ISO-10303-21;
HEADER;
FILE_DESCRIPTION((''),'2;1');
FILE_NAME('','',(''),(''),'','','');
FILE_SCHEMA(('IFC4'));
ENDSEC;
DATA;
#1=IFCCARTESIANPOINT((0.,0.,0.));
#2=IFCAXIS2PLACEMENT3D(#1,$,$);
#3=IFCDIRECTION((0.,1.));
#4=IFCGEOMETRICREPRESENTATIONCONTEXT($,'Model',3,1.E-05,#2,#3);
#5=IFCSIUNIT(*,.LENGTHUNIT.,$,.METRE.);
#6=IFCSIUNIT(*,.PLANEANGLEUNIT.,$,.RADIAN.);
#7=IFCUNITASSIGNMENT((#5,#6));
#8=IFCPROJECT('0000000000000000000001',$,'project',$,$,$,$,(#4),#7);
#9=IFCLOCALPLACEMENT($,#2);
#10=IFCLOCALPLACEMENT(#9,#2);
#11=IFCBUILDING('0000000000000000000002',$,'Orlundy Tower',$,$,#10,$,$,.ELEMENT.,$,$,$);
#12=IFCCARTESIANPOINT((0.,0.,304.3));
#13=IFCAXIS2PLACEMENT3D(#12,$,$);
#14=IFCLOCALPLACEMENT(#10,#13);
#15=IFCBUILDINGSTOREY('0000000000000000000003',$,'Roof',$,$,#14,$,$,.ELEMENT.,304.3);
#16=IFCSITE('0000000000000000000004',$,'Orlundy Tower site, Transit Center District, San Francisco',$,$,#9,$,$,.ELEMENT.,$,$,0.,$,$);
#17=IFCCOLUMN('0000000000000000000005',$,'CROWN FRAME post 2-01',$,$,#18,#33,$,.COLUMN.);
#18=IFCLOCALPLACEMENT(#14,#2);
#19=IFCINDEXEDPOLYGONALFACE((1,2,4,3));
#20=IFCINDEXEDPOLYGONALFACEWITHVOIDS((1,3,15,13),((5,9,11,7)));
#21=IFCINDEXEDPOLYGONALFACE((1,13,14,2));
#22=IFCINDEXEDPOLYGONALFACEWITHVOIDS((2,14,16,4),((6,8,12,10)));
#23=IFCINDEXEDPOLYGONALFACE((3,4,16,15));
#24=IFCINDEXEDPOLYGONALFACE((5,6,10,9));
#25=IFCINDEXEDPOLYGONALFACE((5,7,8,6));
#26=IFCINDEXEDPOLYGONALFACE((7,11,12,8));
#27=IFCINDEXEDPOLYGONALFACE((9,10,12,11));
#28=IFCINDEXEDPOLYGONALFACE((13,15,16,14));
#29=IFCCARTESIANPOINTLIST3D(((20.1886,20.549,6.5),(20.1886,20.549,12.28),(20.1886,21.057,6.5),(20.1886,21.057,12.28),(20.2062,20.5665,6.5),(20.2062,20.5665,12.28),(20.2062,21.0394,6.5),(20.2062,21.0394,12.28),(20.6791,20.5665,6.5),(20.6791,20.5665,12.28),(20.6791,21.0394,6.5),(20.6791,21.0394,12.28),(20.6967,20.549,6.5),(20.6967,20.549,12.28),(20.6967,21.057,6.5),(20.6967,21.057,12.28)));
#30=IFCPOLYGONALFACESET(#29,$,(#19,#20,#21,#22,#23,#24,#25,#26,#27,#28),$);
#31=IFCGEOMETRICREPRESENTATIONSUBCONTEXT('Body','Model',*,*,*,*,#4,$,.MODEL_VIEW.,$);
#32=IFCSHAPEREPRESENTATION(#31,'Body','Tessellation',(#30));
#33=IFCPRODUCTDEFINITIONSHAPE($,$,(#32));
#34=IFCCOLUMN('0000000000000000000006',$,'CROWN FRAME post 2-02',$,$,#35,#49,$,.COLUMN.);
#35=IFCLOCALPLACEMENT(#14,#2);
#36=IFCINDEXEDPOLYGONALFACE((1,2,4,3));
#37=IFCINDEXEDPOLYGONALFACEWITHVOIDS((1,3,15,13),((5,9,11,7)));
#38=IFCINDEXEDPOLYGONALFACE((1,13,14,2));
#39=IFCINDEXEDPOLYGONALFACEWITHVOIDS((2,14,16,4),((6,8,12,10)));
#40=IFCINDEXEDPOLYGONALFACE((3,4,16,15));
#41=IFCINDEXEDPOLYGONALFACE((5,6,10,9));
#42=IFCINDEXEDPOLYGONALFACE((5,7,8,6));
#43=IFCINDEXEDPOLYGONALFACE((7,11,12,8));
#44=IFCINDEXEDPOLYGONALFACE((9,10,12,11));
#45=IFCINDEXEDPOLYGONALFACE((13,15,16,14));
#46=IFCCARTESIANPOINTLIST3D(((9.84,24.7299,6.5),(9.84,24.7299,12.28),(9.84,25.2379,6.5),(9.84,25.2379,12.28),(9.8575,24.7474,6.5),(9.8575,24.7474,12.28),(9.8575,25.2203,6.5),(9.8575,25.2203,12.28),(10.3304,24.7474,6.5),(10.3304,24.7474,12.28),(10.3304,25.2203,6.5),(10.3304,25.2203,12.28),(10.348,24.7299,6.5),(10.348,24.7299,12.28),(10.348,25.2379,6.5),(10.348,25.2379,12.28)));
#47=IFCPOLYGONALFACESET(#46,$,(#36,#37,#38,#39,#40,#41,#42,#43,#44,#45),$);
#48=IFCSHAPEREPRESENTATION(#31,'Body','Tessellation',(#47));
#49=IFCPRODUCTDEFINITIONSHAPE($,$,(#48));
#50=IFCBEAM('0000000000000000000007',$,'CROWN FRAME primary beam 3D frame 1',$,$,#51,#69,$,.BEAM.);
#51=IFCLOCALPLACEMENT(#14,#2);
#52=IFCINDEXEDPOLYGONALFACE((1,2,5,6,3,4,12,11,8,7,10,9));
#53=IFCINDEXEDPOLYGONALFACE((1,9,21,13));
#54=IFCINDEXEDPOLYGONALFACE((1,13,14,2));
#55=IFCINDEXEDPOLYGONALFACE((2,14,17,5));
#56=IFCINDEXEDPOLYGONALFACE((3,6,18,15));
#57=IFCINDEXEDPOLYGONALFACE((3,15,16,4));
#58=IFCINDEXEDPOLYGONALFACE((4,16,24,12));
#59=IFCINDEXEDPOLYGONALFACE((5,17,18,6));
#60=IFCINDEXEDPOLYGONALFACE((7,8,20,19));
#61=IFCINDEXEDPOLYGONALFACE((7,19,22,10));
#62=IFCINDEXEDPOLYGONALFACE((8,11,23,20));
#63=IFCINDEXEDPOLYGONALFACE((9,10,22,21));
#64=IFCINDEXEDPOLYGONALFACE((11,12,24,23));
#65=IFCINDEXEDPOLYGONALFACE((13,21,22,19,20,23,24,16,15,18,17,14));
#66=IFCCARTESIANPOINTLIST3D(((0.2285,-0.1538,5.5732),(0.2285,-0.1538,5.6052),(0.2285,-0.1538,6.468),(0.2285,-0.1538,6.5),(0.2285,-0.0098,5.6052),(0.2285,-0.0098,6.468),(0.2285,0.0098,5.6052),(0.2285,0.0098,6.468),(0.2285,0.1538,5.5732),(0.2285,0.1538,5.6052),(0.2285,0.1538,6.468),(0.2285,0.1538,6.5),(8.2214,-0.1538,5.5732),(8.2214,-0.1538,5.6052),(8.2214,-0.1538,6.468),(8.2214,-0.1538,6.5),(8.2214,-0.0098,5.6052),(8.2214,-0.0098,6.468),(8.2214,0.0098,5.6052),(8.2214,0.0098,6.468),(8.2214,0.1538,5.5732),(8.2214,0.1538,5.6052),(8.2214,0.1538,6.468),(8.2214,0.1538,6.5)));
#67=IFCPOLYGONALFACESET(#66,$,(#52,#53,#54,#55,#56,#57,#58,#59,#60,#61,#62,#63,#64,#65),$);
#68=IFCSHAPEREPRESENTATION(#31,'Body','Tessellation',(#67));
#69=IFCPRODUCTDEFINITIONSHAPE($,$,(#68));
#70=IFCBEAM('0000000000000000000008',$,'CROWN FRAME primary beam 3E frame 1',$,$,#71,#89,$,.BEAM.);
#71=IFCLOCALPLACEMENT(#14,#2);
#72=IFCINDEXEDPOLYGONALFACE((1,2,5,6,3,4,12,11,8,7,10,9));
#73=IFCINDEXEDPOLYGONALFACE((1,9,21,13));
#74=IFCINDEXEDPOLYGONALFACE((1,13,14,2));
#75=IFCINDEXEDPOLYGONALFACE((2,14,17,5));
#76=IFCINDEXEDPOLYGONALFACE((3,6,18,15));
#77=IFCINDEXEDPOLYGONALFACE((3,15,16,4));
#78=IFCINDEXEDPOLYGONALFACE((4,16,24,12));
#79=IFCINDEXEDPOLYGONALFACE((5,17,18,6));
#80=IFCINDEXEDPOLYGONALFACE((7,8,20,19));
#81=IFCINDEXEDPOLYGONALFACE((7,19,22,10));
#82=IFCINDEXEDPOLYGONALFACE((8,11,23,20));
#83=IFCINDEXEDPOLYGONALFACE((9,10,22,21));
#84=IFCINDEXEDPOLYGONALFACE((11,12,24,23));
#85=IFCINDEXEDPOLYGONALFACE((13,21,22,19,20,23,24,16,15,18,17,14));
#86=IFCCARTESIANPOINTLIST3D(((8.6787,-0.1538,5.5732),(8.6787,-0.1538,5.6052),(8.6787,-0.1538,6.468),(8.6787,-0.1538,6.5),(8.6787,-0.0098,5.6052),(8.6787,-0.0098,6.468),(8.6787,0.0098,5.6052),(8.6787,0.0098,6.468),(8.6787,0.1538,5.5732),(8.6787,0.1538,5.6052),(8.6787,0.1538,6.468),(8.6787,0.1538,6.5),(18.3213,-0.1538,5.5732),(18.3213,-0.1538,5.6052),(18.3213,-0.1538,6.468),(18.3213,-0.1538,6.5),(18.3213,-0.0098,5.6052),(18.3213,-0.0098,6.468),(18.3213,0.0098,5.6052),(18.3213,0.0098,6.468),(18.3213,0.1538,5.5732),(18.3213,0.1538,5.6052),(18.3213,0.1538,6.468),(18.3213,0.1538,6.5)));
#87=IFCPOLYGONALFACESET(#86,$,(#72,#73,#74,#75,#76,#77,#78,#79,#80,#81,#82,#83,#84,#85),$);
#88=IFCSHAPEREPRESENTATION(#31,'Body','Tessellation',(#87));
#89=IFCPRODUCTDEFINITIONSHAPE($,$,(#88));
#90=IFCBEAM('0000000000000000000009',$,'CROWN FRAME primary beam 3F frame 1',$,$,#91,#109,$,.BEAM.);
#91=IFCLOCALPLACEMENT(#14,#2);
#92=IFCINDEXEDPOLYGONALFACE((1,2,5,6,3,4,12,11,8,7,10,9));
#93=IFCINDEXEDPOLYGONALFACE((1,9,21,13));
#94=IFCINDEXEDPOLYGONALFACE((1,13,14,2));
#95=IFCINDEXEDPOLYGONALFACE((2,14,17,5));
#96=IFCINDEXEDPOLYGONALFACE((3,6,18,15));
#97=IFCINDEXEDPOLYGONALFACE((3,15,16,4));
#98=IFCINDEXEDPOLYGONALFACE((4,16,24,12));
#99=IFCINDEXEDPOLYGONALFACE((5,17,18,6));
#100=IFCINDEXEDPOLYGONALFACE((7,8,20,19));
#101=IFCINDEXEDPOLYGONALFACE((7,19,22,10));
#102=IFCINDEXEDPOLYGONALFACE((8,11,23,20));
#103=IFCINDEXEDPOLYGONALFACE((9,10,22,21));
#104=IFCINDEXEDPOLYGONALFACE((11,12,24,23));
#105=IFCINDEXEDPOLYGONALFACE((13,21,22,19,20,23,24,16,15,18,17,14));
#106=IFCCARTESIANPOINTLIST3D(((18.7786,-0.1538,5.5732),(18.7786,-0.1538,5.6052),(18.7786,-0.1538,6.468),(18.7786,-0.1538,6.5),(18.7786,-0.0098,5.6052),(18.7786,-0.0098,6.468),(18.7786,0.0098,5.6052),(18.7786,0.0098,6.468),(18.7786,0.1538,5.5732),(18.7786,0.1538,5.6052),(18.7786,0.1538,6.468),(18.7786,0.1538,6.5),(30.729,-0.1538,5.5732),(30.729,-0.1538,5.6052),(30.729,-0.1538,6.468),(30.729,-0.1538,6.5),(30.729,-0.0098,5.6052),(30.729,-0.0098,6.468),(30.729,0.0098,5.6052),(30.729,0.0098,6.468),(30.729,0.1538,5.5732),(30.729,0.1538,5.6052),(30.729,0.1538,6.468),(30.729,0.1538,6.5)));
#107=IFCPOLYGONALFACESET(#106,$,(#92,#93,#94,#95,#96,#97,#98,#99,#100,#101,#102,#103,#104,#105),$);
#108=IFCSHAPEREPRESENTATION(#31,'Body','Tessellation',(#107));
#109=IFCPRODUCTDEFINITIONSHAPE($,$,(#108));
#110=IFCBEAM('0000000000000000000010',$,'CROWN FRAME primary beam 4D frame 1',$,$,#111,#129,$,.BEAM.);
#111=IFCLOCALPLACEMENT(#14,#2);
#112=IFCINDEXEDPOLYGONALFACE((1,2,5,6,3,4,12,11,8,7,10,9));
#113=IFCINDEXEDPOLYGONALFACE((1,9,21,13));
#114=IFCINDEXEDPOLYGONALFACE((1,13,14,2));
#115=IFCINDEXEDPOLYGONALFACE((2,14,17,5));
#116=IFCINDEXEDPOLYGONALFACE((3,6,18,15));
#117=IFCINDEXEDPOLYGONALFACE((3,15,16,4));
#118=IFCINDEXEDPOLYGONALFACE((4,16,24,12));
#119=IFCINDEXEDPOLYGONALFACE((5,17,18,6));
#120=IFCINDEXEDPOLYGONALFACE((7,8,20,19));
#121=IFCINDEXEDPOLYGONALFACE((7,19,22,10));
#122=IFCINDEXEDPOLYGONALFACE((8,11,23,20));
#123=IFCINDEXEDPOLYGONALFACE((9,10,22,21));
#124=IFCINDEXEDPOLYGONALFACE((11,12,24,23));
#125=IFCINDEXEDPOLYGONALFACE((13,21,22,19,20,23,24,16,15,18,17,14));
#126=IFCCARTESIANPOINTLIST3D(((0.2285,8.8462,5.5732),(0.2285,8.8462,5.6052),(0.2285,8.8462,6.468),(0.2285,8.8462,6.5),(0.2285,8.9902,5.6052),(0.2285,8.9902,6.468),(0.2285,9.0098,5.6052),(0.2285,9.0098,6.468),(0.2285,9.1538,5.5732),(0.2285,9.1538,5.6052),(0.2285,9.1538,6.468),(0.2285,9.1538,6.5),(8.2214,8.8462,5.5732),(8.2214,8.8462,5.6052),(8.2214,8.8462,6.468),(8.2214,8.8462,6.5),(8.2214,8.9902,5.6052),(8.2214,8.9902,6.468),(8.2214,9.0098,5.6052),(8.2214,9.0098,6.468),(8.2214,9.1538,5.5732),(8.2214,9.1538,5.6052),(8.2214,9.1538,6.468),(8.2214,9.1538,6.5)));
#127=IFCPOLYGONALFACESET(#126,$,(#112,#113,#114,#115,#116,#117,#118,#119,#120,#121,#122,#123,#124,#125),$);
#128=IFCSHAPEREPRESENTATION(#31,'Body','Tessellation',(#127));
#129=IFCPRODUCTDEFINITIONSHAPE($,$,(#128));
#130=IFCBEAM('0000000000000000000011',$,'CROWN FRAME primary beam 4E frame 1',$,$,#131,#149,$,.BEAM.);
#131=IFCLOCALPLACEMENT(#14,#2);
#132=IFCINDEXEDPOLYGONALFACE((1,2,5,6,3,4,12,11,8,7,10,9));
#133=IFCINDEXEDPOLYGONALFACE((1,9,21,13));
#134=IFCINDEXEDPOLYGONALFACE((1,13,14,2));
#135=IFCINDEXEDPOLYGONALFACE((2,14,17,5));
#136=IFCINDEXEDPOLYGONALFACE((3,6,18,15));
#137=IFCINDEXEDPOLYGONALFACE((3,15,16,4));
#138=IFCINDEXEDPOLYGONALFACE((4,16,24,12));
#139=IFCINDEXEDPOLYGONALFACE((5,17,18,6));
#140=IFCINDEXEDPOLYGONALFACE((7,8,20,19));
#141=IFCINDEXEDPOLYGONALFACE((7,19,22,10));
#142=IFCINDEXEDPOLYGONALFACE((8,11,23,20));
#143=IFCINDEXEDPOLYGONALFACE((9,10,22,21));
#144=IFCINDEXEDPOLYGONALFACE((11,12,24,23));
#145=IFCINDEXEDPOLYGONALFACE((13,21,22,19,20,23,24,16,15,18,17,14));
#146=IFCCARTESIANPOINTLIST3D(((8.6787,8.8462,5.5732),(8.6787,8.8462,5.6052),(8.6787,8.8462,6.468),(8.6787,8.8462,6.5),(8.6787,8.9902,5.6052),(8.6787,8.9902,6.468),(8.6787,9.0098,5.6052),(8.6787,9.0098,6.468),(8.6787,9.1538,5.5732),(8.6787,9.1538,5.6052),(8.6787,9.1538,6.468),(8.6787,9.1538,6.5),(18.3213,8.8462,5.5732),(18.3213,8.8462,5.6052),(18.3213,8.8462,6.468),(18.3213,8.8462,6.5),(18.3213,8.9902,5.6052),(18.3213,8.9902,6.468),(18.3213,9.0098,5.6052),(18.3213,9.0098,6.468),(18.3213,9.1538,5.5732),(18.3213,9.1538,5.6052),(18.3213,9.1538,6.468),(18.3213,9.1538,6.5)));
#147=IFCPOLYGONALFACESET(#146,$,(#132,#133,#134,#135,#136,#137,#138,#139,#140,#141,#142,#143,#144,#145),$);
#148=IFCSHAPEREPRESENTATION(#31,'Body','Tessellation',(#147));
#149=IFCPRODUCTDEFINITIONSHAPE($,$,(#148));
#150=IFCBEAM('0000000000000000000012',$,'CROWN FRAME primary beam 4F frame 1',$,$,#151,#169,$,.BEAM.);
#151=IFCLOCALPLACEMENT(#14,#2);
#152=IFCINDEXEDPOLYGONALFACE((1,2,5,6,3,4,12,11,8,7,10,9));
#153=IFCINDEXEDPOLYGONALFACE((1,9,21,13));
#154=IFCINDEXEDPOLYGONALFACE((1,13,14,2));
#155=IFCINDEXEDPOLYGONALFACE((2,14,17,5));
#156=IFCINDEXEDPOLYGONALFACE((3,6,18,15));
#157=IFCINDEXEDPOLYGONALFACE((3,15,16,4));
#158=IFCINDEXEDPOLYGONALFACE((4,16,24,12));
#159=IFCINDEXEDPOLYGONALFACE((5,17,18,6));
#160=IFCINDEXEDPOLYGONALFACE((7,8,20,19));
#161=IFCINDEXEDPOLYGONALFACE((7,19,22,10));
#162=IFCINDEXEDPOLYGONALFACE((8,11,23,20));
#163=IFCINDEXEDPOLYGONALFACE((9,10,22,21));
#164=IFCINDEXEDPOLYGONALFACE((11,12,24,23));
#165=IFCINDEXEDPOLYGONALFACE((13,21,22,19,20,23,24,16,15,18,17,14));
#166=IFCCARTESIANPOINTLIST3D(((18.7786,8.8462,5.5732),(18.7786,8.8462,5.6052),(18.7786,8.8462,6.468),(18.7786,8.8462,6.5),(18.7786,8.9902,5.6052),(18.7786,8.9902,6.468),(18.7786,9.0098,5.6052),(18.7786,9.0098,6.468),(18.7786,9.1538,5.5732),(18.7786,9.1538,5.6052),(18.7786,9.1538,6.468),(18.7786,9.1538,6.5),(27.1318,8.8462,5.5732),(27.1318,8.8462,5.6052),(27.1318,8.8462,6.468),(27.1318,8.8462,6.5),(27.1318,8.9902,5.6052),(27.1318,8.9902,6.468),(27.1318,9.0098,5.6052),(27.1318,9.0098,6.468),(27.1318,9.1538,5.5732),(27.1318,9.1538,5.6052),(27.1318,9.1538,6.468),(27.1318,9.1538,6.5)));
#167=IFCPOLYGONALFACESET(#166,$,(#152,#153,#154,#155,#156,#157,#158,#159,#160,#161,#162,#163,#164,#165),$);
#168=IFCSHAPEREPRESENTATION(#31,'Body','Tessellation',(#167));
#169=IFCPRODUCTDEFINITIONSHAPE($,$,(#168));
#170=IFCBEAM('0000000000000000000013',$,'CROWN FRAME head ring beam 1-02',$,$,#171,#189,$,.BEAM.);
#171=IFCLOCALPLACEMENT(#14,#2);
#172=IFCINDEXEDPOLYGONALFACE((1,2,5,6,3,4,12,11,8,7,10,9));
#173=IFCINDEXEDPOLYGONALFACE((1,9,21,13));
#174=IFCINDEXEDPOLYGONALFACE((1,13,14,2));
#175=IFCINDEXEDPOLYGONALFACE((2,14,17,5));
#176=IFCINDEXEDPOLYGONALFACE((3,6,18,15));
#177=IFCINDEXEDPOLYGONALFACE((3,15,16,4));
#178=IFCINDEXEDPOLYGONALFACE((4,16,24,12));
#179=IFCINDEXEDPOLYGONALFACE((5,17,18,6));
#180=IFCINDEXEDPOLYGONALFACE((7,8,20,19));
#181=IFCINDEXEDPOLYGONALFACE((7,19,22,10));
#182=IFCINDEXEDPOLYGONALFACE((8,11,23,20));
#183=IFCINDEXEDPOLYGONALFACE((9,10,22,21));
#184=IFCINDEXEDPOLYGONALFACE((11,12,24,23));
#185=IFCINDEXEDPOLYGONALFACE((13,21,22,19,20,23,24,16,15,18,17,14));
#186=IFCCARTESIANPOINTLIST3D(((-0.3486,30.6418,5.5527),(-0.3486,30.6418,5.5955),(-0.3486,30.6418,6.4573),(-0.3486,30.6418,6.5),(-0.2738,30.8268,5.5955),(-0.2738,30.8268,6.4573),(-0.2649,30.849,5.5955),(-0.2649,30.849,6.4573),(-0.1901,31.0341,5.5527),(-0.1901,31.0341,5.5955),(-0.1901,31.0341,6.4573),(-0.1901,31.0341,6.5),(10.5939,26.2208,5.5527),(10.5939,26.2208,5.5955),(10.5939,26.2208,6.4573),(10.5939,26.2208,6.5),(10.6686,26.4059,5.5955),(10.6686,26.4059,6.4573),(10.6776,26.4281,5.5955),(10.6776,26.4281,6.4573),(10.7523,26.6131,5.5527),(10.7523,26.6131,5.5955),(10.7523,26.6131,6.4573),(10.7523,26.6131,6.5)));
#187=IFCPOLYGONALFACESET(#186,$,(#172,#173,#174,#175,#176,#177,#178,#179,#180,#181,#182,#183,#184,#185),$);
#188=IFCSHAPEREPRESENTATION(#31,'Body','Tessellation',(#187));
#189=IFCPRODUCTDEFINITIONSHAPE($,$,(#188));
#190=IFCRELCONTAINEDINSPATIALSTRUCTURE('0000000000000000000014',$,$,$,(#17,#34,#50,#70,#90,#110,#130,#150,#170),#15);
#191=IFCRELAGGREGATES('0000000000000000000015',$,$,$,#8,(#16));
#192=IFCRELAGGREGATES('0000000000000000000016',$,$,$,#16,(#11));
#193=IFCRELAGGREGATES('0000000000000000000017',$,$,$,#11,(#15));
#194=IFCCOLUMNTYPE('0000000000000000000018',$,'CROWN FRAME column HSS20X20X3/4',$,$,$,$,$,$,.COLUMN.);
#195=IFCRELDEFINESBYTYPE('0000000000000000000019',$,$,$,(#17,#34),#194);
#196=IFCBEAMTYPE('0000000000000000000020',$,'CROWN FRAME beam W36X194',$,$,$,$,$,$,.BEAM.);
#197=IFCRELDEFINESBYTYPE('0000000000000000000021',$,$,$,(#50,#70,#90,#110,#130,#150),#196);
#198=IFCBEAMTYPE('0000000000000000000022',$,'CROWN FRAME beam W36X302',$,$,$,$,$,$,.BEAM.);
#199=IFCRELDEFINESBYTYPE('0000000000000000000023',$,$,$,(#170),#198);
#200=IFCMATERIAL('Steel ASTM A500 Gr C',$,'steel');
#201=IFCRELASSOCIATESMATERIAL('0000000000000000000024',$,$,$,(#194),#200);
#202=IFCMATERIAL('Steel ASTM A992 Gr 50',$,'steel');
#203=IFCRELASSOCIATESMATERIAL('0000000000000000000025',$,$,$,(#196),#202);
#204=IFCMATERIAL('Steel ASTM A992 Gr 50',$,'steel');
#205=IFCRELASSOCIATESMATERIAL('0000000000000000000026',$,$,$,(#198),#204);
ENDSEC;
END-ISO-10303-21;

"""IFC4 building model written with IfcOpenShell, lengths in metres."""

from ifc_helpers import new_model, si_unit, direction, frame, origin, origin_2d, place, context, subcontext, project, spatial, hollow_rectangle, i_section, extrude, material, material_profile, profile_set, type_object, element, save


model = new_model("IFC4")

# Units and contexts
model_context = context("Model", 3, precision=1e-05, world=origin(), true_north=direction((0.0, 1.0)))
body_context = subcontext(model_context, "Body", "Model", "MODEL_VIEW")
ifc_project = project(units=[si_unit("LENGTHUNIT", "METRE"), si_unit("PLANEANGLEUNIT", "RADIAN")], contexts=[model_context])

# Site, building, storey
site_placement = place(None, origin())
site = spatial("IfcSite", under=ifc_project, at=site_placement, Name="Orlundy Tower site, Transit Center District, San Francisco", CompositionType="ELEMENT", RefElevation=0.0)
building_placement = place(site_placement, origin())
building = spatial("IfcBuilding", under=site, at=building_placement, Name="Orlundy Tower", CompositionType="ELEMENT")
storey_placement = place(building_placement, frame((0.0, 0.0, 304.3)))
storey = spatial("IfcBuildingStorey", under=building, at=storey_placement, Name="Roof", CompositionType="ELEMENT", Elevation=304.3)

# Columns
ifc_material_1 = material(Name="Steel ASTM A500 Gr C", Category="steel")
ifc_material_profile_1 = material_profile(ifc_material_1, hollow_rectangle(XDim=0.5081, YDim=0.5081, WallThickness=0.0176, at=origin_2d()), Name="HSS20X20X3/4")
ifc_profile_set_1 = profile_set([ifc_material_profile_1], Name="Steel ASTM A500 Gr C")
column_type = type_object("IfcColumnType", Name="CROWN FRAME column HSS20X20X3/4", PredefinedType="COLUMN", material=ifc_profile_set_1)
for number, where, z_axis, x_axis, name in (
    (1, (20.4426, 20.803, 6.5), (0.0, 0.0, 1.0), (1.0, 0.0, 0.0), "CROWN FRAME post 2-01"),
    (2, (10.094, 24.9839, 6.5), (0.0, 0.0, 1.0), (1.0, 0.0, 0.0), "CROWN FRAME post 2-02"),
):
    element("IfcColumn", number, at=place(storey_placement, frame(where, z_axis=z_axis, x_axis=x_axis)), inside=storey, type_object=column_type, Name=name, PredefinedType="COLUMN", context=body_context, shape_type="SweptSolid", body=[
        extrude(hollow_rectangle(XDim=0.5081, YDim=0.5081, WallThickness=0.0176, at=origin_2d()), origin(), (0.0, 0.0, 1.0), 5.78),
    ])

# Beams
ifc_material_2 = material(Name="Steel ASTM A992 Gr 50", Category="steel")
ifc_material_profile_2 = material_profile(ifc_material_2, i_section(OverallWidth=0.3076, OverallDepth=0.9268, WebThickness=0.0195, FlangeThickness=0.032, at=origin_2d()), Name="W36X194")
ifc_profile_set_2 = profile_set([ifc_material_profile_2], Name="Steel ASTM A992 Gr 50")
beam_type_1 = type_object("IfcBeamType", Name="CROWN FRAME beam W36X194", PredefinedType="BEAM", material=ifc_profile_set_2)
beam_1_placement = place(storey_placement, frame((0.2285, 0.0, 6.0366), z_axis=(1.0, 0.0, 0.0), x_axis=(0.0, 1.0, 0.0)))
element("IfcBeam", 3, at=beam_1_placement, inside=storey, type_object=beam_type_1, Name="CROWN FRAME primary beam 3D frame 1", PredefinedType="BEAM", context=body_context, shape_type="SweptSolid", body=[
    extrude(i_section(OverallWidth=0.3076, OverallDepth=0.9268, WebThickness=0.0195, FlangeThickness=0.032, at=origin_2d()), origin(), (0.0, 0.0, 1.0), 7.9929),
])
beam_2_placement = place(storey_placement, frame((8.6787, 0.0, 6.0366), z_axis=(1.0, 0.0, 0.0), x_axis=(0.0, 1.0, 0.0)))
element("IfcBeam", 4, at=beam_2_placement, inside=storey, type_object=beam_type_1, Name="CROWN FRAME primary beam 3E frame 1", PredefinedType="BEAM", context=body_context, shape_type="SweptSolid", body=[
    extrude(i_section(OverallWidth=0.3076, OverallDepth=0.9268, WebThickness=0.0195, FlangeThickness=0.032, at=origin_2d()), origin(), (0.0, 0.0, 1.0), 9.6426),
])
beam_3_placement = place(storey_placement, frame((18.7786, 0.0, 6.0366), z_axis=(1.0, 0.0, 0.0), x_axis=(0.0, 1.0, 0.0)))
element("IfcBeam", 5, at=beam_3_placement, inside=storey, type_object=beam_type_1, Name="CROWN FRAME primary beam 3F frame 1", PredefinedType="BEAM", context=body_context, shape_type="SweptSolid", body=[
    extrude(i_section(OverallWidth=0.3076, OverallDepth=0.9268, WebThickness=0.0195, FlangeThickness=0.032, at=origin_2d()), origin(), (0.0, 0.0, 1.0), 11.9504),
])
beam_4_placement = place(storey_placement, frame((0.2285, 9.0, 6.0366), z_axis=(1.0, 0.0, 0.0), x_axis=(0.0, 1.0, 0.0)))
element("IfcBeam", 6, at=beam_4_placement, inside=storey, type_object=beam_type_1, Name="CROWN FRAME primary beam 4D frame 1", PredefinedType="BEAM", context=body_context, shape_type="SweptSolid", body=[
    extrude(i_section(OverallWidth=0.3076, OverallDepth=0.9268, WebThickness=0.0195, FlangeThickness=0.032, at=origin_2d()), origin(), (0.0, 0.0, 1.0), 7.9929),
])
beam_5_placement = place(storey_placement, frame((8.6787, 9.0, 6.0366), z_axis=(1.0, 0.0, 0.0), x_axis=(0.0, 1.0, 0.0)))
element("IfcBeam", 7, at=beam_5_placement, inside=storey, type_object=beam_type_1, Name="CROWN FRAME primary beam 4E frame 1", PredefinedType="BEAM", context=body_context, shape_type="SweptSolid", body=[
    extrude(i_section(OverallWidth=0.3076, OverallDepth=0.9268, WebThickness=0.0195, FlangeThickness=0.032, at=origin_2d()), origin(), (0.0, 0.0, 1.0), 9.6426),
])
beam_6_placement = place(storey_placement, frame((18.7786, 9.0, 6.0366), z_axis=(1.0, 0.0, 0.0), x_axis=(0.0, 1.0, 0.0)))
element("IfcBeam", 8, at=beam_6_placement, inside=storey, type_object=beam_type_1, Name="CROWN FRAME primary beam 4F frame 1", PredefinedType="BEAM", context=body_context, shape_type="SweptSolid", body=[
    extrude(i_section(OverallWidth=0.3076, OverallDepth=0.9268, WebThickness=0.0195, FlangeThickness=0.032, at=origin_2d()), origin(), (0.0, 0.0, 1.0), 8.3533),
])
ifc_material_3 = material(Name="Steel ASTM A992 Gr 50", Category="steel")
ifc_material_profile_3 = material_profile(ifc_material_3, i_section(OverallWidth=0.4231, OverallDepth=0.9473, WebThickness=0.0239, FlangeThickness=0.0427, at=origin_2d()), Name="W36X302")
ifc_profile_set_3 = profile_set([ifc_material_profile_3], Name="Steel ASTM A992 Gr 50")
beam_type_2 = type_object("IfcBeamType", Name="CROWN FRAME beam W36X302", PredefinedType="BEAM", material=ifc_profile_set_3)
beam_7_placement = place(storey_placement, frame((10.6731, 26.417, 6.0264), z_axis=(-0.927187, 0.374598, 0.0), x_axis=(-0.374598, -0.927187, 0.0)))
element("IfcBeam", 9, at=beam_7_placement, inside=storey, type_object=beam_type_2, Name="CROWN FRAME head ring beam 1-02", PredefinedType="BEAM", context=body_context, shape_type="SweptSolid", body=[
    extrude(i_section(OverallWidth=0.4231, OverallDepth=0.9473, WebThickness=0.0239, FlangeThickness=0.0427, at=origin_2d()), origin(), (0.0, 0.0, 1.0), 11.8018),
])

save(model, "model.ifc")
